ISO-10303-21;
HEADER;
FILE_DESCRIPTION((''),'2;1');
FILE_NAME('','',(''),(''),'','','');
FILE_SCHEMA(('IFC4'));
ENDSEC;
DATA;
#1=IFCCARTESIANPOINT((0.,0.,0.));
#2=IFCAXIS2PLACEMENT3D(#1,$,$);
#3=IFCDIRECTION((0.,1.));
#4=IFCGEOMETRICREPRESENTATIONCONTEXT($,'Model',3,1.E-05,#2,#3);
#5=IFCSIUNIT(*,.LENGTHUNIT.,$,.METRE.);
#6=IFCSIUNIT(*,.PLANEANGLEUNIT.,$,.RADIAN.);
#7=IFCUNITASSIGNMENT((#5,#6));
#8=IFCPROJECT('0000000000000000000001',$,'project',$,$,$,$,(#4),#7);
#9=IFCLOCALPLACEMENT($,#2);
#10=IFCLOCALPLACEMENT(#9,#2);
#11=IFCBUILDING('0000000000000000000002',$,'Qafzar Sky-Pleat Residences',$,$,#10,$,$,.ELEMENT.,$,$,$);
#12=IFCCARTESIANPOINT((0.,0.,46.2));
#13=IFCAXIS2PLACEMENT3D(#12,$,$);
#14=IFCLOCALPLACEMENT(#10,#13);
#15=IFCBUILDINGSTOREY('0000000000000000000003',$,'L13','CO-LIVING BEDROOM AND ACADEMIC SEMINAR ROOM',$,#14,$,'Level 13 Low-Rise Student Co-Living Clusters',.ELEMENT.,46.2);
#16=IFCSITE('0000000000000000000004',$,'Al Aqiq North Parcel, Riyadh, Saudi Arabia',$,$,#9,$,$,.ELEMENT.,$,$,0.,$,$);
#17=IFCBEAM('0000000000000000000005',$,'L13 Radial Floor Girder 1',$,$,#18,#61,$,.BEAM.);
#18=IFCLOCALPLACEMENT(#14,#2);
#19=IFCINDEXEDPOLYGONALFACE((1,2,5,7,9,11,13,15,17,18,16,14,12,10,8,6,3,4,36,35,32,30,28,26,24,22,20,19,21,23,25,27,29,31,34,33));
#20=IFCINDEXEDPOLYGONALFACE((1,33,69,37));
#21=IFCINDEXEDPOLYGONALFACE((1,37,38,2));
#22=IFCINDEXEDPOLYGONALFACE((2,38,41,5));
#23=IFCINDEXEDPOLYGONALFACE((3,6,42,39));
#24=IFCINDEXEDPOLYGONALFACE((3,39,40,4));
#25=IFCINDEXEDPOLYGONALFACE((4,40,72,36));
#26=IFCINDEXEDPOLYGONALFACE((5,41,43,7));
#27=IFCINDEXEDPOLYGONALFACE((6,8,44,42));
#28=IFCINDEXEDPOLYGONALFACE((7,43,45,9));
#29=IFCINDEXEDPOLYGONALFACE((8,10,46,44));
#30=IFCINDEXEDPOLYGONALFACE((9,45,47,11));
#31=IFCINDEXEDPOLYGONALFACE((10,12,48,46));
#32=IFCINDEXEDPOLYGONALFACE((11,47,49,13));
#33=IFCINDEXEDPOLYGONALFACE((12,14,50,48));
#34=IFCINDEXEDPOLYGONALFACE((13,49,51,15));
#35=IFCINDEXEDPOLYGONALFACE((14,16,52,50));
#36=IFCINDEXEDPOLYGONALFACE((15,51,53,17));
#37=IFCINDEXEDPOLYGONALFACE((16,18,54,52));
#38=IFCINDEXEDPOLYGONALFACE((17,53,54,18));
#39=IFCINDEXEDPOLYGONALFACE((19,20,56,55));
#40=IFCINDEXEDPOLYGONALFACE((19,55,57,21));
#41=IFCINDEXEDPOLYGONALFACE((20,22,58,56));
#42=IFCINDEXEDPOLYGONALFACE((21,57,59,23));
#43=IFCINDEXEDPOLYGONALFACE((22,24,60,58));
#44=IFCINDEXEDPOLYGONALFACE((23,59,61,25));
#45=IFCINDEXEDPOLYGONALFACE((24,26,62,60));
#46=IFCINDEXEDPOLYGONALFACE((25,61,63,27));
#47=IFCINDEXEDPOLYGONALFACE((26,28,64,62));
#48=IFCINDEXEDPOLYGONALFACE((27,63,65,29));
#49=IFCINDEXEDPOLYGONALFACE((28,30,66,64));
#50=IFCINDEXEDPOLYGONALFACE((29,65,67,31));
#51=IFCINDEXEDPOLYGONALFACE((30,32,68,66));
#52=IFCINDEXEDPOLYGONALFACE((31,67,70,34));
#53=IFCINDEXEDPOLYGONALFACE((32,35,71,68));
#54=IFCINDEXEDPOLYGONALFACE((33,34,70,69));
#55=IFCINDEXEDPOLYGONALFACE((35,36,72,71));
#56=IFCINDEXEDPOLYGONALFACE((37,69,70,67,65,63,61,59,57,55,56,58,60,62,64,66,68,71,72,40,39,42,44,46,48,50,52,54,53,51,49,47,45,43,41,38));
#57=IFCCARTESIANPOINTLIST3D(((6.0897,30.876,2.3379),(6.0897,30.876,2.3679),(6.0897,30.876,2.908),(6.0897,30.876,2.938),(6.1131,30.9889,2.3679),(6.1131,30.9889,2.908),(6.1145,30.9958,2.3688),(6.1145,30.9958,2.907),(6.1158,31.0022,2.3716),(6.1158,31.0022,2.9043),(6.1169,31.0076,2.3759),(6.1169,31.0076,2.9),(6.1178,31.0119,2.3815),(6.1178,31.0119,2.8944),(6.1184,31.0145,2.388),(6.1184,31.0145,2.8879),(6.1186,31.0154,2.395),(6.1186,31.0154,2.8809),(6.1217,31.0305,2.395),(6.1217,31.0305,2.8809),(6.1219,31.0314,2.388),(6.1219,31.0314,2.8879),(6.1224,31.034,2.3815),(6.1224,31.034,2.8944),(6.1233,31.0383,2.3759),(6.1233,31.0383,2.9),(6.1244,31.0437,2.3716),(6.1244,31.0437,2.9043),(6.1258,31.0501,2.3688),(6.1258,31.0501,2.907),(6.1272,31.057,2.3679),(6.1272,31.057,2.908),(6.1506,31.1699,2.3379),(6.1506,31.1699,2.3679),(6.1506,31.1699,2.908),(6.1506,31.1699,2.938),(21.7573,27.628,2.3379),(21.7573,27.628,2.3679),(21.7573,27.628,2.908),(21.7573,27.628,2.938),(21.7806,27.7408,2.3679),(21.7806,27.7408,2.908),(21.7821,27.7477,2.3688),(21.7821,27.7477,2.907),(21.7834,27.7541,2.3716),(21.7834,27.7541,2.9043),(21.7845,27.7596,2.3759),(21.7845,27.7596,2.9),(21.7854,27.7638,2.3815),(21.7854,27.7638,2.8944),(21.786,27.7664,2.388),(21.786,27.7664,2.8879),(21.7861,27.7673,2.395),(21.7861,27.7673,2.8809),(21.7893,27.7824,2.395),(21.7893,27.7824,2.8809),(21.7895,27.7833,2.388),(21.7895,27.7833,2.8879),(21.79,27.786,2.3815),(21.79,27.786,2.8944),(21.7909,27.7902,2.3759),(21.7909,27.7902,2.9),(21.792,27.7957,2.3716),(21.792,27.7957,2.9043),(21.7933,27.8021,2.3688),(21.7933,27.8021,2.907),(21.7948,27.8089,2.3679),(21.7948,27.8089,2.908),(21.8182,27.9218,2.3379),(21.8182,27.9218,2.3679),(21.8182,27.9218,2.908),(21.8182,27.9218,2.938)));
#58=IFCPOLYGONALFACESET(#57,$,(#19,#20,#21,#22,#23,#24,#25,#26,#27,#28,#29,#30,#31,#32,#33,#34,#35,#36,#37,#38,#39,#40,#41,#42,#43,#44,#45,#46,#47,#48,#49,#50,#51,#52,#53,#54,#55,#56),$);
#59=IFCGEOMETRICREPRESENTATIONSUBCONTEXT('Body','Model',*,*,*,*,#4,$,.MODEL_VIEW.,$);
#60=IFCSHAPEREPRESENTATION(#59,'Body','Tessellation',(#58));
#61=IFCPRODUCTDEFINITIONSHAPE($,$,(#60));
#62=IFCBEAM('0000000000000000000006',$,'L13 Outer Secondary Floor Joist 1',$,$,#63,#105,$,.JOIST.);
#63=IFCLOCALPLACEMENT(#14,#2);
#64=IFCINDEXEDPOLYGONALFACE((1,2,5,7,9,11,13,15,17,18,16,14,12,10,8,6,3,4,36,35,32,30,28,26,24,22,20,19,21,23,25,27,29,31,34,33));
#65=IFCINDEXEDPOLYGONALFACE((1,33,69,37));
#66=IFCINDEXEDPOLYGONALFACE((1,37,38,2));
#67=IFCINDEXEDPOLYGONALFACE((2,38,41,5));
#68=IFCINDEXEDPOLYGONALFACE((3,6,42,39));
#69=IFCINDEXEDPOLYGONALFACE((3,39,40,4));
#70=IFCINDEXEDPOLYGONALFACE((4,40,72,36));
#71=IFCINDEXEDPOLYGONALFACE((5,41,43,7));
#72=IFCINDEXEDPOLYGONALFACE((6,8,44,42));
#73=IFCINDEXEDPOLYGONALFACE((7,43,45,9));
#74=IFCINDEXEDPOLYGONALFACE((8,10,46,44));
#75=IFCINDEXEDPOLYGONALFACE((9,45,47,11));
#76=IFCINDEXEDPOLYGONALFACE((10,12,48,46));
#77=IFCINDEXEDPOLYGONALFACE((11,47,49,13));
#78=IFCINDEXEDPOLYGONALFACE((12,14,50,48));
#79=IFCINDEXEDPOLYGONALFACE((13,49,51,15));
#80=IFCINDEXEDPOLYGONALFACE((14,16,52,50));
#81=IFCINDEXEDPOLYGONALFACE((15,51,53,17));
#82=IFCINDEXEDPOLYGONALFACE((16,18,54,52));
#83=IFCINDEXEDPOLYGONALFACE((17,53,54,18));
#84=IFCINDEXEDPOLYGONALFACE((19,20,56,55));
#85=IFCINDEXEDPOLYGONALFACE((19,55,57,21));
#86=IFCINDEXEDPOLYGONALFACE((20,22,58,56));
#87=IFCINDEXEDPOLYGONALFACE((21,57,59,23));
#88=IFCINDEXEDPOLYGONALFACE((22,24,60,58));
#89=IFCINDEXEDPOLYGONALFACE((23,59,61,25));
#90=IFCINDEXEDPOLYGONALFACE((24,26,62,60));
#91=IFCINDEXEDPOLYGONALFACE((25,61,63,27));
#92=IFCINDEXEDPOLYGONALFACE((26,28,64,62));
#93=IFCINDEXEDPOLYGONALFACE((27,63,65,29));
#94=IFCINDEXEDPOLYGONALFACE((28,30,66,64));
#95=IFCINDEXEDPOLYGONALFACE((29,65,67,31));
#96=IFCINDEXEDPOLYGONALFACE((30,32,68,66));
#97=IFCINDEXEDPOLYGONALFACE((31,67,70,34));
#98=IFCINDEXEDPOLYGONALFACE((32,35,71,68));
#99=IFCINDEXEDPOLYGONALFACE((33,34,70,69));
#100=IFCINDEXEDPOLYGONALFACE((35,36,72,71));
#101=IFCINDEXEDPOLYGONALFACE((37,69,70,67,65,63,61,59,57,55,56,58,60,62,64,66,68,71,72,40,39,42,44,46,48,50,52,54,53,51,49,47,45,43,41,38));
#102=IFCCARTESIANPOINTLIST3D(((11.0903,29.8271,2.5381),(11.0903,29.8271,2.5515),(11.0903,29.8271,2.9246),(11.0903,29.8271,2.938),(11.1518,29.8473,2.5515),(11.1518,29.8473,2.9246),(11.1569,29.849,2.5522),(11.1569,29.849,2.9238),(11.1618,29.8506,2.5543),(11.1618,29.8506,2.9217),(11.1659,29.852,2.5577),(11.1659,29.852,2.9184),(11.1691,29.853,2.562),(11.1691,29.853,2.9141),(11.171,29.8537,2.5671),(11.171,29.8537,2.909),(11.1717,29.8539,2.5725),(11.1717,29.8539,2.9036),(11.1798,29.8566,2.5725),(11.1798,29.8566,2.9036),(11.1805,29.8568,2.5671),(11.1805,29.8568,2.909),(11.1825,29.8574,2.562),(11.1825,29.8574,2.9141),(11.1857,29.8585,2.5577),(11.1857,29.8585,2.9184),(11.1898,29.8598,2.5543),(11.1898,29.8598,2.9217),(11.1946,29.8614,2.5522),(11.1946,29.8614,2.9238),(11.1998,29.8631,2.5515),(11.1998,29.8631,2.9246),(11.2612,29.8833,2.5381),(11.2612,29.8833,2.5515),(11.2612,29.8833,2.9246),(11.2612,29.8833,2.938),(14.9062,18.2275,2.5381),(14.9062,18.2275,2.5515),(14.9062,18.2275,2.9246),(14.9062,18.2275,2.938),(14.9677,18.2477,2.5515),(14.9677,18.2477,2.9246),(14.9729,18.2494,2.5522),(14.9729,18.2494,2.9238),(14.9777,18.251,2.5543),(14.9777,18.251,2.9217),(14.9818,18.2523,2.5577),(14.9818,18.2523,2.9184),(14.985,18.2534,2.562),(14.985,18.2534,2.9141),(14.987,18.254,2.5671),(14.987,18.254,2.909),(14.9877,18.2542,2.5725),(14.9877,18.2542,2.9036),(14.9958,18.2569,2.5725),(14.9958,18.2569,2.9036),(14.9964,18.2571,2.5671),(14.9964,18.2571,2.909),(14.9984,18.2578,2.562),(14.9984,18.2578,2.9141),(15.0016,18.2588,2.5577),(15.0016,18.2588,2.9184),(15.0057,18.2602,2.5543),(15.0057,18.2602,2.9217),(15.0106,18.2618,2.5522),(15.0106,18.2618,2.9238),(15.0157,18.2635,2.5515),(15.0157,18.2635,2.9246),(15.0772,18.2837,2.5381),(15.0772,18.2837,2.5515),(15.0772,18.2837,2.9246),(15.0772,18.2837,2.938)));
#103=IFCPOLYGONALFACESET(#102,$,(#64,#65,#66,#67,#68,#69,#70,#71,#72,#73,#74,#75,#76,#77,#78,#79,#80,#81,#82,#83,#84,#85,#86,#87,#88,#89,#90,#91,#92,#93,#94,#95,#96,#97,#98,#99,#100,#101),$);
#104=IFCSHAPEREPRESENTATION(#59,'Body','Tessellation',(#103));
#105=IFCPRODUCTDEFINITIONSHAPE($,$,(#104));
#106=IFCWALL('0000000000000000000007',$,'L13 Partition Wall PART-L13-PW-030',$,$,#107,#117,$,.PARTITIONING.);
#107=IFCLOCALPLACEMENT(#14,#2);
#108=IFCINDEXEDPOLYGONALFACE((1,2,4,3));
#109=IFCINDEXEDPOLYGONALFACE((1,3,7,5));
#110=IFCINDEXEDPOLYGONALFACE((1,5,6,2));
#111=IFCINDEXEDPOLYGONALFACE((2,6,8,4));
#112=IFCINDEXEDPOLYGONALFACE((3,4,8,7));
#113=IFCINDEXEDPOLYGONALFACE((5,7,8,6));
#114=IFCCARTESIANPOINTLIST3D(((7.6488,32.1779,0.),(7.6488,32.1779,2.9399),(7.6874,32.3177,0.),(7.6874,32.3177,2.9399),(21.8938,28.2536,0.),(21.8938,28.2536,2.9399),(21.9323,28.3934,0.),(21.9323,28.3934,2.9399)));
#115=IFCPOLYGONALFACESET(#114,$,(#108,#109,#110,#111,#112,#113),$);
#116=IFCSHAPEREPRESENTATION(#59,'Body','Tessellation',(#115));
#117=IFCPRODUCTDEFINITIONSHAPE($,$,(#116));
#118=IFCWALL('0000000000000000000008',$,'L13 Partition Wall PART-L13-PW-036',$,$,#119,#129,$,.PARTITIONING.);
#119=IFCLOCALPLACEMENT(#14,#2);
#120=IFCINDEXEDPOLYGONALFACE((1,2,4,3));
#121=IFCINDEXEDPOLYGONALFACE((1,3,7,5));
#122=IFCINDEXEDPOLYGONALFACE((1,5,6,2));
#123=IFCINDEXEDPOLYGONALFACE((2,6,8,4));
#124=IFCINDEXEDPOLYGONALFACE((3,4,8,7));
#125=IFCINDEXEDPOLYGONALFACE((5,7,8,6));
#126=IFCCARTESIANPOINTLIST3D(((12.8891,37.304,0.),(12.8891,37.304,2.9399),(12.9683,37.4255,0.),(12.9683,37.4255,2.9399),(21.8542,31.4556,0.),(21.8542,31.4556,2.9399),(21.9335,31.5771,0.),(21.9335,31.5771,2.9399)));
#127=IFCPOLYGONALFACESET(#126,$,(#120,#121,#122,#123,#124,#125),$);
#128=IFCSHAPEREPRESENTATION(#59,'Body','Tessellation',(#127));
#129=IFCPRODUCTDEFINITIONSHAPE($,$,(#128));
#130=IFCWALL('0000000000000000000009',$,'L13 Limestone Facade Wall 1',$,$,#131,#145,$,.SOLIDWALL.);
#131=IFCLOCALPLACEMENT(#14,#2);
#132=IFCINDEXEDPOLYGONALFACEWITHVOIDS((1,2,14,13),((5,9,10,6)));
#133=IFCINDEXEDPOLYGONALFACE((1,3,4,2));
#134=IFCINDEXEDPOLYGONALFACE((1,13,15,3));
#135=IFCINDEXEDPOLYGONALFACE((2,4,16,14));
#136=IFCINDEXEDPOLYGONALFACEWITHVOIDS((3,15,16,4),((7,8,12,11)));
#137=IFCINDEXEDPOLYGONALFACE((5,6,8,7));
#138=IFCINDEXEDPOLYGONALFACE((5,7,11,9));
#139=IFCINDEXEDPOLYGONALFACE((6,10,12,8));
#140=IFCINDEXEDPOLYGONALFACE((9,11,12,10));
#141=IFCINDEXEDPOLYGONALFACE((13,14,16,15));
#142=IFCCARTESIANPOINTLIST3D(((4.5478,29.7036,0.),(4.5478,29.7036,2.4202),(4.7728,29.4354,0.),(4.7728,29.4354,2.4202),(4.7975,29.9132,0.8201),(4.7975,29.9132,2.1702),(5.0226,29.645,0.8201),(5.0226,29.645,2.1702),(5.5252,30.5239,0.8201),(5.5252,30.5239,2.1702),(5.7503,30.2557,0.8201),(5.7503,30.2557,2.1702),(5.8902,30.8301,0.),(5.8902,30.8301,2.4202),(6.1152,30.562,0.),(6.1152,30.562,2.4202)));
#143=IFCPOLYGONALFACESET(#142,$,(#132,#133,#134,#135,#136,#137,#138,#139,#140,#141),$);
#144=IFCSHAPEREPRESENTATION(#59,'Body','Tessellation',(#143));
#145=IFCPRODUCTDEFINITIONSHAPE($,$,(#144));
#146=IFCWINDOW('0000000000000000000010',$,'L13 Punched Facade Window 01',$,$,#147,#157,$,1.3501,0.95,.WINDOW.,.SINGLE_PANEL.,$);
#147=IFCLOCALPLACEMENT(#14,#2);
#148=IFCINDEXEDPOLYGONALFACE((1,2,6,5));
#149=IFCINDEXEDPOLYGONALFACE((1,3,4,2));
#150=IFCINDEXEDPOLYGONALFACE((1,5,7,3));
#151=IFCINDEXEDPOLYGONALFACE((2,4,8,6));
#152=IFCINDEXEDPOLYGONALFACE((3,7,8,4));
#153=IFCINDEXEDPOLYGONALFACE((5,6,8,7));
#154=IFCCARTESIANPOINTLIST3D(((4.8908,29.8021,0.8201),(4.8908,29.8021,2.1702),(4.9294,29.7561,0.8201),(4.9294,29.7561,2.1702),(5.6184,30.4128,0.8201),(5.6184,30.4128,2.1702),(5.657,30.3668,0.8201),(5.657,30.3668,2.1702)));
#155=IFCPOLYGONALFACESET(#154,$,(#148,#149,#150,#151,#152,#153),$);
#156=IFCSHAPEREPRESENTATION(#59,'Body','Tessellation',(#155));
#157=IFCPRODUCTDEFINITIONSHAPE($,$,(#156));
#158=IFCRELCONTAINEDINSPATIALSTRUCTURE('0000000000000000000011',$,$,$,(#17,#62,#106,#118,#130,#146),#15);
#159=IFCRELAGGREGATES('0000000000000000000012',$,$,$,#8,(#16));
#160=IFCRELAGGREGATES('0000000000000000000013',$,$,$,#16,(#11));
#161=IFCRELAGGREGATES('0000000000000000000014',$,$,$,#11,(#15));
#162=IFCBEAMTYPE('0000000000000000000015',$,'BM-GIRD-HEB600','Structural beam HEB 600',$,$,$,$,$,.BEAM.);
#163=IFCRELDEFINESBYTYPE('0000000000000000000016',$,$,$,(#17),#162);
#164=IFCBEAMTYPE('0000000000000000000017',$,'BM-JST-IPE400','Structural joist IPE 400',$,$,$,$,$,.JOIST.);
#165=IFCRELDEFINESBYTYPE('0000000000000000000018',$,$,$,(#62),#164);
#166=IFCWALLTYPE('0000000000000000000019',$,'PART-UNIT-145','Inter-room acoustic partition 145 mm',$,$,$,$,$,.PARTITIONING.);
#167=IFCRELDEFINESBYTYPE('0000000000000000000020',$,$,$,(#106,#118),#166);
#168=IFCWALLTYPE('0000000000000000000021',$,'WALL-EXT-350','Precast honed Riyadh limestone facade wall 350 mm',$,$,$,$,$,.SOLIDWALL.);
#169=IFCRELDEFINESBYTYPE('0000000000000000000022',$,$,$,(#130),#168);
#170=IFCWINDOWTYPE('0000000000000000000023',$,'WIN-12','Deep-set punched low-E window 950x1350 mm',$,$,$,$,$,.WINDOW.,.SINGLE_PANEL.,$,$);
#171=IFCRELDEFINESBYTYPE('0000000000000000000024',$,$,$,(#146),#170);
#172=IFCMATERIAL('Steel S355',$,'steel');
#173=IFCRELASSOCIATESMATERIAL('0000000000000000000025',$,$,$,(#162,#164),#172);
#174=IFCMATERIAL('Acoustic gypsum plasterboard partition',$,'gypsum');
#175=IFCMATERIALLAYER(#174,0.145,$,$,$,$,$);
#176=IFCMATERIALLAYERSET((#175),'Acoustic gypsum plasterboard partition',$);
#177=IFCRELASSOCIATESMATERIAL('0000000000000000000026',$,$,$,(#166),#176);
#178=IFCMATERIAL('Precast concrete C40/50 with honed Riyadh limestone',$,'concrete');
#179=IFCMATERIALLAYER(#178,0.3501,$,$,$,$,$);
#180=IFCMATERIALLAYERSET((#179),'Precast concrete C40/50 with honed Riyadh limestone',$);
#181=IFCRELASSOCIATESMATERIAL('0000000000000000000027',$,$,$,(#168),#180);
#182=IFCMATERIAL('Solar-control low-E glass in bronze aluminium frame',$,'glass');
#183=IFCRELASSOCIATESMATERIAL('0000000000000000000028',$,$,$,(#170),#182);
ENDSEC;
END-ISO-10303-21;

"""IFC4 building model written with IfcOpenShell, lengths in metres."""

from ifc_helpers import new_model, si_unit, direction, frame, frame_2d, origin, origin_2d, place, context, subcontext, project, spatial, rectangle, i_section, extrude, source, transform, mapped, material, layer, layer_set, material_profile, profile_set, type_object, element, fill, save


model = new_model("IFC4")

# Units and contexts
model_context = context("Model", 3, precision=1e-05, world=origin(), true_north=direction((0.0, 1.0)))
body_context = subcontext(model_context, "Body", "Model", "MODEL_VIEW")
ifc_project = project(units=[si_unit("LENGTHUNIT", "METRE"), si_unit("PLANEANGLEUNIT", "RADIAN")], contexts=[model_context])

# Site, building, storey
site_placement = place(None, origin())
site = spatial("IfcSite", under=ifc_project, at=site_placement, Name="Al Aqiq North Parcel, Riyadh, Saudi Arabia", CompositionType="ELEMENT", RefElevation=0.0)
building_placement = place(site_placement, origin())
building = spatial("IfcBuilding", under=site, at=building_placement, Name="Qafzar Sky-Pleat Residences", CompositionType="ELEMENT")
storey_placement = place(building_placement, frame((0.0, 0.0, 46.2)))
storey = spatial("IfcBuildingStorey", under=building, at=storey_placement, Name="L13", Description="CO-LIVING BEDROOM AND ACADEMIC SEMINAR ROOM", LongName="Level 13 Low-Rise Student Co-Living Clusters", CompositionType="ELEMENT", Elevation=46.2)

# Beams
ifc_material_1 = material(Name="Steel S355", Category="steel")
ifc_material_profile_1 = material_profile(ifc_material_1, i_section(OverallWidth=0.3, OverallDepth=0.6001, WebThickness=0.0154, FlangeThickness=0.03, FilletRadius=0.0271, at=origin_2d()), Name="HEB 600")
ifc_profile_set_1 = profile_set([ifc_material_profile_1], Name="Steel S355")
beam_type_1 = type_object("IfcBeamType", Name="BM-GIRD-HEB600", Description="Structural beam HEB 600", PredefinedType="BEAM", material=ifc_profile_set_1)
shared_shape_1 = source(origin(), body_context, "Body", "SweptSolid", [
    extrude(i_section(OverallWidth=0.3, OverallDepth=0.6001, WebThickness=0.0154, FlangeThickness=0.03, FilletRadius=0.0271, at=origin_2d()), origin(), (0.0, 0.0, 1.0), 16.0007),
])
beam_1_placement = place(storey_placement, frame((6.1201, 31.0229, 2.6379), z_axis=(0.97918, -0.202995, 0.0), x_axis=(0.202995, 0.97918, 0.0)))
element("IfcBeam", 1, at=beam_1_placement, inside=storey, type_object=beam_type_1, Name="L13 Radial Floor Girder 1", PredefinedType="BEAM", context=body_context, shape_type="MappedRepresentation", body=[
    mapped(shared_shape_1, transform((0.0, 0.0, 0.0), x_axis=(1.0, 0.0, 0.0), y_axis=(0.0, 1.0, 0.0), z_axis=(0.0, 0.0, 1.0), scale=1.0)),
])
ifc_material_profile_2 = material_profile(ifc_material_1, i_section(OverallWidth=0.1799, OverallDepth=0.3999, WebThickness=0.0085, FlangeThickness=0.0134, FilletRadius=0.021, at=origin_2d()), Name="IPE 400")
ifc_profile_set_2 = profile_set([ifc_material_profile_2], Name="Steel S355")
beam_type_2 = type_object("IfcBeamType", Name="BM-JST-IPE400", Description="Structural joist IPE 400", PredefinedType="JOIST", material=ifc_profile_set_2)
shared_shape_2 = source(origin(), body_context, "Body", "SweptSolid", [
    extrude(i_section(OverallWidth=0.1799, OverallDepth=0.3999, WebThickness=0.0085, FlangeThickness=0.0134, FilletRadius=0.021, at=origin_2d()), origin(), (0.0, 0.0, 1.0), 12.2112),
])
beam_2_placement = place(storey_placement, frame((11.1758, 29.8552, 2.738), z_axis=(0.312495, -0.94992, 0.0), x_axis=(0.94992, 0.312495, 0.0)))
element("IfcBeam", 2, at=beam_2_placement, inside=storey, type_object=beam_type_2, Name="L13 Outer Secondary Floor Joist 1", PredefinedType="JOIST", context=body_context, shape_type="MappedRepresentation", body=[
    mapped(shared_shape_2, transform((0.0, 0.0, 0.0), x_axis=(1.0, 0.0, 0.0), y_axis=(0.0, 1.0, 0.0), z_axis=(0.0, 0.0, 1.0), scale=1.0)),
])

# Walls
ifc_material_2 = material(Name="Acoustic gypsum plasterboard partition", Category="gypsum")
ifc_layer_1 = layer(ifc_material_2, 0.145)
ifc_layer_set_1 = layer_set([ifc_layer_1], Name="Acoustic gypsum plasterboard partition")
wall_type_1 = type_object("IfcWallType", Name="PART-UNIT-145", Description="Inter-room acoustic partition 145 mm", PredefinedType="PARTITIONING", material=ifc_layer_set_1)
wall_1_placement = place(storey_placement, frame((7.6682, 32.2478, 0.0), z_axis=(0.0, 0.0, 1.0), x_axis=(0.964085, -0.265595, 0.0)))
element("IfcWall", 3, at=wall_1_placement, inside=storey, type_object=wall_type_1, Name="L13 Partition Wall PART-L13-PW-030", PredefinedType="PARTITIONING", context=body_context, shape_type="SweptSolid", body=[
    extrude(rectangle(XDim=14.7756, YDim=0.145, at=frame_2d((7.3877, 0.0))), origin(), (0.0, 0.0, 1.0), 2.9399),
])
wall_2_placement = place(storey_placement, frame((12.9287, 37.3647, 0.0), z_axis=(0.0, 0.0, 1.0), x_axis=(0.837543, -0.546372, 0.0)))
element("IfcWall", 4, at=wall_2_placement, inside=storey, type_object=wall_type_1, Name="L13 Partition Wall PART-L13-PW-036", PredefinedType="PARTITIONING", context=body_context, shape_type="SweptSolid", body=[
    extrude(rectangle(XDim=10.7041, YDim=0.145, at=frame_2d((5.3521, 0.0))), origin(), (0.0, 0.0, 1.0), 2.9399),
])

# Wall, opening, window
ifc_material_3 = material(Name="Precast concrete C40/50 with honed Riyadh limestone", Category="concrete")
ifc_layer_2 = layer(ifc_material_3, 0.3501)
ifc_layer_set_2 = layer_set([ifc_layer_2], Name="Precast concrete C40/50 with honed Riyadh limestone")
wall_type_2 = type_object("IfcWallType", Name="WALL-EXT-350", Description="Precast honed Riyadh limestone facade wall 350 mm", PredefinedType="SOLIDWALL", material=ifc_layer_set_2)
wall_3_placement = place(storey_placement, frame((6.0027, 30.696, 0.0), z_axis=(0.0, 0.0, 1.0), x_axis=(-0.766001, -0.642839, 0.0)))
wall_3 = element("IfcWall", 5, at=wall_3_placement, inside=storey, type_object=wall_type_2, Name="L13 Limestone Facade Wall 1", PredefinedType="SOLIDWALL", context=body_context, shape_type="SweptSolid", body=[
    extrude(rectangle(XDim=1.7524, YDim=0.3501, at=frame_2d((0.8762, 0.0))), origin(), (0.0, 0.0, 1.0), 2.4202),
])
opening_1_placement = place(wall_3_placement, frame((0.4763, 0.0, 0.8201)))
opening_1 = element("IfcOpeningElement", 6, at=opening_1_placement, cuts=wall_3, PredefinedType="OPENING", context=body_context, shape_type="SweptSolid", body=[
    extrude(rectangle(XDim=0.95, YDim=1.3501, at=frame_2d((0.4751, 0.675))), frame((0.0, 0.1851, 0.0), z_axis=(0.0, -1.0, 0.0), x_axis=(1.0, 0.0, 0.0)), (0.0, 0.0, 1.0), 0.3701),
])
ifc_material_4 = material(Name="Solar-control low-E glass in bronze aluminium frame", Category="glass")
window_type_1 = type_object("IfcWindowType", Name="WIN-12", Description="Deep-set punched low-E window 950x1350 mm", PartitioningType="SINGLE_PANEL", PredefinedType="WINDOW", material=ifc_material_4)
shared_shape_3 = source(origin(), body_context, "Body", "SweptSolid", [
    extrude(rectangle(XDim=0.95, YDim=1.3501, at=frame_2d((0.4751, 0.675))), frame((0.0, 0.03, 0.0), z_axis=(0.0, -1.0, 0.0), x_axis=(1.0, 0.0, 0.0)), (0.0, 0.0, 1.0), 0.0601),
])
window_1_placement = place(opening_1_placement, origin())
window_1 = element("IfcWindow", 7, at=window_1_placement, inside=storey, type_object=window_type_1, Name="L13 Punched Facade Window 01", OverallHeight=1.3501, OverallWidth=0.95, PartitioningType="SINGLE_PANEL", PredefinedType="WINDOW", context=body_context, shape_type="MappedRepresentation", body=[
    mapped(shared_shape_3, transform((0.0, 0.0, 0.0), x_axis=(1.0, 0.0, 0.0), y_axis=(0.0, 1.0, 0.0), z_axis=(0.0, 0.0, 1.0), scale=1.0)),
])
fill(opening_1, window_1)

save(model, "model.ifc")
